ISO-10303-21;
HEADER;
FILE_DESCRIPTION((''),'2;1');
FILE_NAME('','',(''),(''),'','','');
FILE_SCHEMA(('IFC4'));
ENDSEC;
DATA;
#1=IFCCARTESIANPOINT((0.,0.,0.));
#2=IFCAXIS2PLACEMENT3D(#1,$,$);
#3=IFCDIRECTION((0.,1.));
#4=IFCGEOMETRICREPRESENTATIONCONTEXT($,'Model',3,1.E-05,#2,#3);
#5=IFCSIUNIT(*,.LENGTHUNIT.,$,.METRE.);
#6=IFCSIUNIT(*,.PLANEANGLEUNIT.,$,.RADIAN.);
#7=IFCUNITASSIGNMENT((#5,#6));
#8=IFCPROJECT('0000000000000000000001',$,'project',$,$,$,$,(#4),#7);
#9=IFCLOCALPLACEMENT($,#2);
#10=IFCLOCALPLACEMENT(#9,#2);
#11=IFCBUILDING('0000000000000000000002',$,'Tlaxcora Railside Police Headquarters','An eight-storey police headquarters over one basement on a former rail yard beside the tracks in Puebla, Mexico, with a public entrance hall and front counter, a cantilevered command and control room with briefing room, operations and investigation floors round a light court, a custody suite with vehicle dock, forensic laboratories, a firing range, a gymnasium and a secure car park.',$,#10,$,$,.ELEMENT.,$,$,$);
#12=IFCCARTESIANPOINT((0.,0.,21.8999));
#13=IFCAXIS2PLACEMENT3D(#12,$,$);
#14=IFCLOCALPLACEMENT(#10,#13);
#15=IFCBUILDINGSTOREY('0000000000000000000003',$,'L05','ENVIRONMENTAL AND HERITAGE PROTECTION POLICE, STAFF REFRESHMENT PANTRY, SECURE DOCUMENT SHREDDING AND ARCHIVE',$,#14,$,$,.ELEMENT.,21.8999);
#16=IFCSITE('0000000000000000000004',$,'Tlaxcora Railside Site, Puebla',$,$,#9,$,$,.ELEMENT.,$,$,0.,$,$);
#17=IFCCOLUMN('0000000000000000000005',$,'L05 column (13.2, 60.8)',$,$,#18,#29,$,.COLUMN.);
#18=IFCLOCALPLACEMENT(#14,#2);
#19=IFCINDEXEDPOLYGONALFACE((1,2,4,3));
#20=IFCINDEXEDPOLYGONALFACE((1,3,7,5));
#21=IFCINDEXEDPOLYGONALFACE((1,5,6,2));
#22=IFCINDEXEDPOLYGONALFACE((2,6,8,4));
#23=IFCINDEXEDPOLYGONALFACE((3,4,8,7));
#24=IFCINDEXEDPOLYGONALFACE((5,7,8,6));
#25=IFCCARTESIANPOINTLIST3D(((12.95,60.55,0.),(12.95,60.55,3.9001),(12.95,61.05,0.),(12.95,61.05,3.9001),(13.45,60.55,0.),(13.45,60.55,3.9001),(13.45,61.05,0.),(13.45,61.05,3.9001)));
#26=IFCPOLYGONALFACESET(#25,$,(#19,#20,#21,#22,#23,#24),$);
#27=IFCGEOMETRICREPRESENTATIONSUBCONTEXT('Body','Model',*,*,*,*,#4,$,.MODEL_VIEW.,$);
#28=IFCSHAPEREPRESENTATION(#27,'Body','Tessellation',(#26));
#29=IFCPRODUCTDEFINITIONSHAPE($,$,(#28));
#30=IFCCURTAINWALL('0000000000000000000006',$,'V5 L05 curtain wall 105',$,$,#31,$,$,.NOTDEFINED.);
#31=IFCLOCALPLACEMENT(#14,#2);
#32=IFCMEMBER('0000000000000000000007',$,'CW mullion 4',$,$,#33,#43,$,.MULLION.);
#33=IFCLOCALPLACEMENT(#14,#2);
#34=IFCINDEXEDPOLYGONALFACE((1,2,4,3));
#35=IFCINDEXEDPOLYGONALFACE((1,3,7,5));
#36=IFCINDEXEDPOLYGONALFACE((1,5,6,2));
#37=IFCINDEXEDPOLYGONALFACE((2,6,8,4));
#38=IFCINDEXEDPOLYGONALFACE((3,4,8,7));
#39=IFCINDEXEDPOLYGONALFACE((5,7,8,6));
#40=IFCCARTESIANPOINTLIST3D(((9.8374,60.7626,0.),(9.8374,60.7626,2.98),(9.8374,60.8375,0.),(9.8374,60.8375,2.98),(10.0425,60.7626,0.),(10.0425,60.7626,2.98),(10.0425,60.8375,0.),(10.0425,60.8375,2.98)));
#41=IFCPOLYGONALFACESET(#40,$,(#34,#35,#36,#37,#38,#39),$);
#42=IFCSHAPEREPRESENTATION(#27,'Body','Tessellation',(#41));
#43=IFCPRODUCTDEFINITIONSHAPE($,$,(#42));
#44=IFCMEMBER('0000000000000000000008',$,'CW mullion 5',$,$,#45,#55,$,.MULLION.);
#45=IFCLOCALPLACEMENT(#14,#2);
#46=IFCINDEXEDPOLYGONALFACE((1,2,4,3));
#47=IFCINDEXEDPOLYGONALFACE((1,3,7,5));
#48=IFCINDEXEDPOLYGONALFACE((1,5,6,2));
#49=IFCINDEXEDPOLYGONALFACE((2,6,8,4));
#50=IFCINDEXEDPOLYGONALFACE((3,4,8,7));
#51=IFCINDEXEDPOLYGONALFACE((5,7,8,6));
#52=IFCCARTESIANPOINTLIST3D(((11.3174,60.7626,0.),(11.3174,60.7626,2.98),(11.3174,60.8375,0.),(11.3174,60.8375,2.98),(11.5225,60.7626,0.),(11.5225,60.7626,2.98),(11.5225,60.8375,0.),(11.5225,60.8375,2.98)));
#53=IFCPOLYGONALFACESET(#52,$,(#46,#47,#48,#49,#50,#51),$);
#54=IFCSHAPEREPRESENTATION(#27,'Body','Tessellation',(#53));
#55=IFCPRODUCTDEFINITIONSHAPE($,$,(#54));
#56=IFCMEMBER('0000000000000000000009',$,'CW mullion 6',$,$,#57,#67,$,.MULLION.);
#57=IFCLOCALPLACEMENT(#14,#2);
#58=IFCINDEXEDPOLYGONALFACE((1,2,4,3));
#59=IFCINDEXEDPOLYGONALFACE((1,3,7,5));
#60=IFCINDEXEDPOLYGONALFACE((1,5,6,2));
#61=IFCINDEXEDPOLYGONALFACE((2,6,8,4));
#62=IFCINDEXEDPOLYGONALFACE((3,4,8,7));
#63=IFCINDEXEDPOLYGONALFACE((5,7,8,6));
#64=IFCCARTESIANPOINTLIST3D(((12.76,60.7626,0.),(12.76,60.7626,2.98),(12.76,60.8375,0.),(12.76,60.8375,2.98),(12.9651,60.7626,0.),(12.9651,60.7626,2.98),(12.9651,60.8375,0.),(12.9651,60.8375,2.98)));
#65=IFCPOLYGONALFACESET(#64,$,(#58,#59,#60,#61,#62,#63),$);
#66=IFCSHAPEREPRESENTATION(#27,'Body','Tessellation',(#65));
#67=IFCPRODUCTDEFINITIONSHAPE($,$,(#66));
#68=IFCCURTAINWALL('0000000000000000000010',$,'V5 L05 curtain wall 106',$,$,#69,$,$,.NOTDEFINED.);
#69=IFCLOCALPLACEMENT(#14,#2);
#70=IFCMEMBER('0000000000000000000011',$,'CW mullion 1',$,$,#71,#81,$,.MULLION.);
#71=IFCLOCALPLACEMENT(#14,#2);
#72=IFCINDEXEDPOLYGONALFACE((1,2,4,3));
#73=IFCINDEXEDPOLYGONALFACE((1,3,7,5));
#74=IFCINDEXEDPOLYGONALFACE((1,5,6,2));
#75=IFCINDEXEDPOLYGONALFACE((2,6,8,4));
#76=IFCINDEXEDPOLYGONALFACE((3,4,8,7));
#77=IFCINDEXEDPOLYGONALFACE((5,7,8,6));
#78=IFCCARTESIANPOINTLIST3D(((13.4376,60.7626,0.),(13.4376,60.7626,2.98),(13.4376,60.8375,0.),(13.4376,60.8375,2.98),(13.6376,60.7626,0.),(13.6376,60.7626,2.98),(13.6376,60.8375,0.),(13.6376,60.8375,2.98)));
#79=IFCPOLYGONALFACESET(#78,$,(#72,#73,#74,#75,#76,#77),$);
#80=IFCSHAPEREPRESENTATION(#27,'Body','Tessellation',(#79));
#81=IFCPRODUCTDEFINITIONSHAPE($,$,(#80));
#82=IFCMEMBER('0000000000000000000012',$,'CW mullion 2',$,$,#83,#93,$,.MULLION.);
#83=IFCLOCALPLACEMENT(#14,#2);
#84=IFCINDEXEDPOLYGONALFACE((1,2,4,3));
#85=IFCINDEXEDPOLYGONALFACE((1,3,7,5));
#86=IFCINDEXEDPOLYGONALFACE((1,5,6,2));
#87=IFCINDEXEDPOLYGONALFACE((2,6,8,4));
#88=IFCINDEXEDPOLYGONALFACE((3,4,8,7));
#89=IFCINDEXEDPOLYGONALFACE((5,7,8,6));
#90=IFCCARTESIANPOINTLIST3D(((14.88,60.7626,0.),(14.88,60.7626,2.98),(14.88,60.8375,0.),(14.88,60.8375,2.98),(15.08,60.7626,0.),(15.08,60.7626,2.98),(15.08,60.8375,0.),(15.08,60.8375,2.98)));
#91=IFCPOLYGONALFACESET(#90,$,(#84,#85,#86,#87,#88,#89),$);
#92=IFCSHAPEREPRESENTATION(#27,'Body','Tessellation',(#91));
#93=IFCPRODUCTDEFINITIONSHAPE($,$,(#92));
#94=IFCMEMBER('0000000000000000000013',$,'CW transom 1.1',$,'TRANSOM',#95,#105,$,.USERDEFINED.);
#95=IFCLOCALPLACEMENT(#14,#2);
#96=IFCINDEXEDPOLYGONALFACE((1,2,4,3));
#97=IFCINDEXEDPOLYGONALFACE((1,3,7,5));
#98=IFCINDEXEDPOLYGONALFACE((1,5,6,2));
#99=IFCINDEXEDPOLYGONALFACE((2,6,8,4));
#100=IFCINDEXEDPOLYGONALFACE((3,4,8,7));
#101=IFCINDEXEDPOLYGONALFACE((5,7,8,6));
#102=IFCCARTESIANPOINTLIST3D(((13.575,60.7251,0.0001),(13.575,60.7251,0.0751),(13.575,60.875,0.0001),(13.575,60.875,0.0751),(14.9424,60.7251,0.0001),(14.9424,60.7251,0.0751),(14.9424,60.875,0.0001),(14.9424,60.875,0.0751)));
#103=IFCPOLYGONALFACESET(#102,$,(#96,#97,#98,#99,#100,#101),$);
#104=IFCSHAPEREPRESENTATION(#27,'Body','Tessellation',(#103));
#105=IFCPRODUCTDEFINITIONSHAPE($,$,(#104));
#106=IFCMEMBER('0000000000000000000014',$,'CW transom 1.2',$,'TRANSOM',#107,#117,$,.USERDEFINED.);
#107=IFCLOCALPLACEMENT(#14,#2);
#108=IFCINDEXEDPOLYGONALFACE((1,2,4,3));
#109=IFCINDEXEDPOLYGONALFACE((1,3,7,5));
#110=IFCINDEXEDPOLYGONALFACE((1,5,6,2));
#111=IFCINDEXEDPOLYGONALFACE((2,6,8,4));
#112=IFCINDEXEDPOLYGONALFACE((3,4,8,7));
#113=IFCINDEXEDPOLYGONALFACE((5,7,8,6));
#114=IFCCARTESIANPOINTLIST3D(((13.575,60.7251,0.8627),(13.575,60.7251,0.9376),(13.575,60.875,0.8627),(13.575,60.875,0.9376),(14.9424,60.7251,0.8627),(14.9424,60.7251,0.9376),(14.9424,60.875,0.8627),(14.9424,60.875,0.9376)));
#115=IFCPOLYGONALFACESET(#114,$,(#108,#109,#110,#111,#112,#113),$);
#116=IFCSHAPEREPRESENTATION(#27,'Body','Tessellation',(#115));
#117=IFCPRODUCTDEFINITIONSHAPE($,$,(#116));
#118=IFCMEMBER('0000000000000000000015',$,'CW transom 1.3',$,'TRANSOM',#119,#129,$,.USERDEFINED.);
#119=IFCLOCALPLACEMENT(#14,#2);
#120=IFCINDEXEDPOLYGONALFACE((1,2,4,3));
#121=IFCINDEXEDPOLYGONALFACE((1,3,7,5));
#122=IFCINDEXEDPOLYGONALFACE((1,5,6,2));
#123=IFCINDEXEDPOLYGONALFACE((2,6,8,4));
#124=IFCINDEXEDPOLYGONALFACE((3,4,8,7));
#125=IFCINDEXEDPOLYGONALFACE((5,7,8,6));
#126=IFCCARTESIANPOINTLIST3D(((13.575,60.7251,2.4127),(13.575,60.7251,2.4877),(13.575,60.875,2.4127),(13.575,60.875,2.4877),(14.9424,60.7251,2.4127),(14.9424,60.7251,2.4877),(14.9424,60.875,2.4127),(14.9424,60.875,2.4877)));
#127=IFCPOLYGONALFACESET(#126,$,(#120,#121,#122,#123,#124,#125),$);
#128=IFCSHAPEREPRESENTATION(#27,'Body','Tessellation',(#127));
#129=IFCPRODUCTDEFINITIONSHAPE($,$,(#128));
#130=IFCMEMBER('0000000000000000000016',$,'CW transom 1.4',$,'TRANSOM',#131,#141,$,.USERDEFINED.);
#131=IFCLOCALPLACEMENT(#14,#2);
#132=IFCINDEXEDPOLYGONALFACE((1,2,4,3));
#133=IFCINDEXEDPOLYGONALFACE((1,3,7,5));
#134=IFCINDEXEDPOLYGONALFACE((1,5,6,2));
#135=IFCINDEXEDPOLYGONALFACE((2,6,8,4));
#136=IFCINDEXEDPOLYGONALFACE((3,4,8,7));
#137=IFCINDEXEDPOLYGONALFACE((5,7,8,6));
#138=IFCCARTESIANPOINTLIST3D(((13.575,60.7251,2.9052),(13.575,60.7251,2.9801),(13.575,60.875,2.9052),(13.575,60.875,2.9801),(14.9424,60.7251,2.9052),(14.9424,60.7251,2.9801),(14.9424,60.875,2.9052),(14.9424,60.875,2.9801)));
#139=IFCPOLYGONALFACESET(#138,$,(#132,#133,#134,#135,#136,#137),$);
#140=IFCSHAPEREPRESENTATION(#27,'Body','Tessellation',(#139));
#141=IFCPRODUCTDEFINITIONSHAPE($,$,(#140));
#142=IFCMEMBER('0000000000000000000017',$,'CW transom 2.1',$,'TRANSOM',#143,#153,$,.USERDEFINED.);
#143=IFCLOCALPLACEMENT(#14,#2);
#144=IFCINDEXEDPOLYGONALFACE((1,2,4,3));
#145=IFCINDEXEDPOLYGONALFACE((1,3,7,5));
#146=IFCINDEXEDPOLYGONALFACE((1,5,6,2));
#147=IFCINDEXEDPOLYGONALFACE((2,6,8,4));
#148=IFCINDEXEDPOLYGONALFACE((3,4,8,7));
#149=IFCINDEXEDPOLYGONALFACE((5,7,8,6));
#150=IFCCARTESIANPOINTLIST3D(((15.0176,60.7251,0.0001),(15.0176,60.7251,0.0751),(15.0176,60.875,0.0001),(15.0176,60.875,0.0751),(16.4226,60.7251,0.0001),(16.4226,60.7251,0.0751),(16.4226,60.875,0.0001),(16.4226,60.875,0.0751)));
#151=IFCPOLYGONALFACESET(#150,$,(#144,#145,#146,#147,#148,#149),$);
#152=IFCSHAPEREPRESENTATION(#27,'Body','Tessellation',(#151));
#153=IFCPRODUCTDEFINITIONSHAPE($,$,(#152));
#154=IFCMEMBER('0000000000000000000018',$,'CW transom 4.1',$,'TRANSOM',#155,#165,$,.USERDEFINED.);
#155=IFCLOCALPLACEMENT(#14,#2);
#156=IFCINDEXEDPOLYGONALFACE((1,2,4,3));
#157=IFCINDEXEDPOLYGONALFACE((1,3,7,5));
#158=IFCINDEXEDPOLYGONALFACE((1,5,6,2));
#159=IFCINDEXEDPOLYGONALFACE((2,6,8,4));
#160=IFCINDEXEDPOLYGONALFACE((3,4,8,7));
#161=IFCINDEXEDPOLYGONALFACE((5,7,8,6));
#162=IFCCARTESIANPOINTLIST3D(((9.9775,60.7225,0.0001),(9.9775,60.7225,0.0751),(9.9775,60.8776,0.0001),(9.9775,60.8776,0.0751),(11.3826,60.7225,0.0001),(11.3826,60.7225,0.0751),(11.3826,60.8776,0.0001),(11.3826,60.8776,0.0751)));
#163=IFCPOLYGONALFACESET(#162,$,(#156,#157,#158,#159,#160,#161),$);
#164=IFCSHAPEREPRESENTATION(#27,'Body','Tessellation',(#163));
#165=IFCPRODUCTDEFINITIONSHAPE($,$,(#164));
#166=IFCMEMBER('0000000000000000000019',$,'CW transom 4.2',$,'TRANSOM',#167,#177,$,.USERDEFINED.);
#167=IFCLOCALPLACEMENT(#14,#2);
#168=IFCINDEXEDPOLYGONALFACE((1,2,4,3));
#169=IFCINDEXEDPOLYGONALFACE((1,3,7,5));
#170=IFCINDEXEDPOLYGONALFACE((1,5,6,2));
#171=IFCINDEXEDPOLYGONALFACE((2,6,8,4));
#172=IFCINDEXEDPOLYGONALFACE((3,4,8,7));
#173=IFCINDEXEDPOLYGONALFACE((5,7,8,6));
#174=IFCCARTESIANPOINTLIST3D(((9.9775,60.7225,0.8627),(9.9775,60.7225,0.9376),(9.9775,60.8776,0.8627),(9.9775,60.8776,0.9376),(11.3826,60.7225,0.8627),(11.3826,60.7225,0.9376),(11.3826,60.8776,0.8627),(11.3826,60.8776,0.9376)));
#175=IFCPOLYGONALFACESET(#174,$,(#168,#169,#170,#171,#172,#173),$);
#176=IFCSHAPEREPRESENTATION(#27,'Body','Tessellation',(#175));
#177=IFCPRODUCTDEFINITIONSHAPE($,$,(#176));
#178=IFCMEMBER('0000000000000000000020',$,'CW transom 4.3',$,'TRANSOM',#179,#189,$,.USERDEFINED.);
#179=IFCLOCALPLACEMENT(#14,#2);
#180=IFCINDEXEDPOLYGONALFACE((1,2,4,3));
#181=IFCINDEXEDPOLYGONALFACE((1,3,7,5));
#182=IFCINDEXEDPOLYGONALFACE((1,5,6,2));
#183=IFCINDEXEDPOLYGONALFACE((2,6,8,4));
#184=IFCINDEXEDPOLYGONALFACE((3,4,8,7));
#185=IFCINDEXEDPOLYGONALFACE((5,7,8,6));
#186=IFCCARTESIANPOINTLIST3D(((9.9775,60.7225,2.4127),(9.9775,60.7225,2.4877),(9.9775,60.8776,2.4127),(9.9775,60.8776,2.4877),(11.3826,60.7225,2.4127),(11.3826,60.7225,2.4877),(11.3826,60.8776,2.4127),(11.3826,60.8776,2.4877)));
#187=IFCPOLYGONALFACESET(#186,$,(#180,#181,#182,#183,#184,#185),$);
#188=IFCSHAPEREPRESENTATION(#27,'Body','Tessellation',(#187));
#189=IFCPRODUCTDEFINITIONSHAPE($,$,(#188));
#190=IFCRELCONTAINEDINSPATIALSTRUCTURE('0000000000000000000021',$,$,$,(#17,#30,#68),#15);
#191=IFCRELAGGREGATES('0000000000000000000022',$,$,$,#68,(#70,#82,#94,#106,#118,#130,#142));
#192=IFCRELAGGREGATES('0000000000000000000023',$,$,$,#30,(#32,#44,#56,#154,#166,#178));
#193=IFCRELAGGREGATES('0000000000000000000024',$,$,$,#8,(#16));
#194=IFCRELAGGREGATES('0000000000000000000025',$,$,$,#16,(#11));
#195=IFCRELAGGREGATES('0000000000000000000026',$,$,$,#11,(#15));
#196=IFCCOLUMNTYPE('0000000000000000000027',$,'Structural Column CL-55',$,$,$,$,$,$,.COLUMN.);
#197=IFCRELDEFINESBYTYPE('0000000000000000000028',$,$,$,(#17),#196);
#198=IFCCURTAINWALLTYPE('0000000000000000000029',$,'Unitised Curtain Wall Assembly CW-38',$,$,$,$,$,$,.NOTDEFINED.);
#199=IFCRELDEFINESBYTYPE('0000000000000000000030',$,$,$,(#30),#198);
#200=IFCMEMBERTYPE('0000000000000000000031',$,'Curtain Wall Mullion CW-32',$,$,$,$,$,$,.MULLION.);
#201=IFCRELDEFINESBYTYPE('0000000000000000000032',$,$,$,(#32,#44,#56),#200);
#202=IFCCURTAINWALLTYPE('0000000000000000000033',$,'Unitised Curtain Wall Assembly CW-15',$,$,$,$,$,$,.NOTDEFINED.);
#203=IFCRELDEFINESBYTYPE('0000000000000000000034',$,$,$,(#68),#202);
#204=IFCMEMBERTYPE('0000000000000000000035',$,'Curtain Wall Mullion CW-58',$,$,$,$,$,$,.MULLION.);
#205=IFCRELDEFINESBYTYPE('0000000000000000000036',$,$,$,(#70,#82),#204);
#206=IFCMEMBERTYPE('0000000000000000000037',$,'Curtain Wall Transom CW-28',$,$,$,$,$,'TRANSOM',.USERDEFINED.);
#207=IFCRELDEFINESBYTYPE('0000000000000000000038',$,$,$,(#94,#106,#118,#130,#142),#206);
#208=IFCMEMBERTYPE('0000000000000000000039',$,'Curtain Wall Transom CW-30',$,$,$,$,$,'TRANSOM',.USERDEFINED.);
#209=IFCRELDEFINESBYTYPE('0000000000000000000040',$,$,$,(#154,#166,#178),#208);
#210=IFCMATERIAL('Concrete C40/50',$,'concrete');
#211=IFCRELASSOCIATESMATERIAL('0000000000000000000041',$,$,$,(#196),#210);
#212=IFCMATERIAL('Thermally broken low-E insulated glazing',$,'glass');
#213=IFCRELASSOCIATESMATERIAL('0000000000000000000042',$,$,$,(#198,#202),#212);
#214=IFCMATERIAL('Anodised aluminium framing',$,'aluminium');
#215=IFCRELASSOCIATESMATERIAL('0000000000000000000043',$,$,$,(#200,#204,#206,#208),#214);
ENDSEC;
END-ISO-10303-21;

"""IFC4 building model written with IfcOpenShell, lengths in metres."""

from ifc_helpers import new_model, si_unit, direction, frame, origin, origin_2d, place, context, subcontext, project, spatial, rectangle, extrude, material, material_profile, profile_set, type_object, element, aggregate, save


model = new_model("IFC4")

# Units and contexts
model_context = context("Model", 3, precision=1e-05, world=origin(), true_north=direction((0.0, 1.0)))
body_context = subcontext(model_context, "Body", "Model", "MODEL_VIEW")
ifc_project = project(units=[si_unit("LENGTHUNIT", "METRE"), si_unit("PLANEANGLEUNIT", "RADIAN")], contexts=[model_context])

# Site, building, storey
site_placement = place(None, origin())
site = spatial("IfcSite", under=ifc_project, at=site_placement, Name="Tlaxcora Railside Site, Puebla", CompositionType="ELEMENT", RefElevation=0.0)
building_placement = place(site_placement, origin())
building = spatial("IfcBuilding", under=site, at=building_placement, Name="Tlaxcora Railside Police Headquarters", Description="An eight-storey police headquarters over one basement on a former rail yard beside the tracks in Puebla, Mexico, with a public entrance hall and front counter, a cantilevered command and control room with briefing room, operations and investigation floors round a light court, a custody suite with vehicle dock, forensic laboratories, a firing range, a gymnasium and a secure car park.", CompositionType="ELEMENT")
storey_placement = place(building_placement, frame((0.0, 0.0, 21.8999)))
storey = spatial("IfcBuildingStorey", under=building, at=storey_placement, Name="L05", Description="ENVIRONMENTAL AND HERITAGE PROTECTION POLICE, STAFF REFRESHMENT PANTRY, SECURE DOCUMENT SHREDDING AND ARCHIVE", CompositionType="ELEMENT", Elevation=21.8999)

# Column
ifc_material_1 = material(Name="Concrete C40/50", Category="concrete")
ifc_material_profile_1 = material_profile(ifc_material_1, rectangle(XDim=0.5, YDim=0.5, at=origin_2d()), Name="RC500X500")
ifc_profile_set_1 = profile_set([ifc_material_profile_1], Name="Concrete C40/50")
column_type = type_object("IfcColumnType", Name="Structural Column CL-55", PredefinedType="COLUMN", material=ifc_profile_set_1)
column_placement = place(storey_placement, frame((13.2, 60.8, 0.0), z_axis=(0.0, 0.0, 1.0), x_axis=(1.0, 0.0, 0.0)))
element("IfcColumn", 1, at=column_placement, inside=storey, type_object=column_type, Name="L05 column (13.2, 60.8)", PredefinedType="COLUMN", context=body_context, shape_type="SweptSolid", body=[
    extrude(rectangle(XDim=0.5, YDim=0.5, at=origin_2d()), origin(), (0.0, 0.0, 1.0), 3.9001),
])

# Curtain walls, members
ifc_material_2 = material(Name="Thermally broken low-E insulated glazing", Category="glass")
curtain_wall_type_1 = type_object("IfcCurtainWallType", Name="Unitised Curtain Wall Assembly CW-38", PredefinedType="NOTDEFINED", material=ifc_material_2)
curtain_wall_1_placement = place(storey_placement, origin())
curtain_wall_1 = element("IfcCurtainWall", 2, at=curtain_wall_1_placement, inside=storey, type_object=curtain_wall_type_1, Name="V5 L05 curtain wall 105", PredefinedType="NOTDEFINED")
ifc_material_3 = material(Name="Anodised aluminium framing", Category="aluminium")
ifc_material_profile_2 = material_profile(ifc_material_3, rectangle(XDim=0.075, YDim=0.2051, at=origin_2d()), Name="AL75X205")
ifc_profile_set_2 = profile_set([ifc_material_profile_2], Name="Anodised aluminium framing")
member_type_1 = type_object("IfcMemberType", Name="Curtain Wall Mullion CW-32", PredefinedType="MULLION", material=ifc_profile_set_2)
member_1_placement = place(storey_placement, frame((9.9399, 60.8, 0.0), z_axis=(0.0, 0.0, 1.0), x_axis=(0.0, 1.0, 0.0)))
member_1 = element("IfcMember", 3, at=member_1_placement, type_object=member_type_1, Name="CW mullion 4", PredefinedType="MULLION", context=body_context, shape_type="SweptSolid", body=[
    extrude(rectangle(XDim=0.075, YDim=0.2051, at=origin_2d()), origin(), (0.0, 0.0, 1.0), 2.98),
])
member_2_placement = place(storey_placement, frame((11.4199, 60.8, 0.0), z_axis=(0.0, 0.0, 1.0), x_axis=(0.0, 1.0, 0.0)))
member_2 = element("IfcMember", 4, at=member_2_placement, type_object=member_type_1, Name="CW mullion 5", PredefinedType="MULLION", context=body_context, shape_type="SweptSolid", body=[
    extrude(rectangle(XDim=0.075, YDim=0.2051, at=origin_2d()), origin(), (0.0, 0.0, 1.0), 2.98),
])
member_3_placement = place(storey_placement, frame((12.8625, 60.8, 0.0), z_axis=(0.0, 0.0, 1.0), x_axis=(0.0, 1.0, 0.0)))
member_3 = element("IfcMember", 5, at=member_3_placement, type_object=member_type_1, Name="CW mullion 6", PredefinedType="MULLION", context=body_context, shape_type="SweptSolid", body=[
    extrude(rectangle(XDim=0.075, YDim=0.2051, at=origin_2d()), origin(), (0.0, 0.0, 1.0), 2.98),
])
curtain_wall_type_2 = type_object("IfcCurtainWallType", Name="Unitised Curtain Wall Assembly CW-15", PredefinedType="NOTDEFINED", material=ifc_material_2)
curtain_wall_2_placement = place(storey_placement, origin())
curtain_wall_2 = element("IfcCurtainWall", 6, at=curtain_wall_2_placement, inside=storey, type_object=curtain_wall_type_2, Name="V5 L05 curtain wall 106", PredefinedType="NOTDEFINED")
ifc_material_profile_3 = material_profile(ifc_material_3, rectangle(XDim=0.075, YDim=0.2, at=origin_2d()), Name="AL75X200")
ifc_profile_set_3 = profile_set([ifc_material_profile_3], Name="Anodised aluminium framing")
member_type_2 = type_object("IfcMemberType", Name="Curtain Wall Mullion CW-58", PredefinedType="MULLION", material=ifc_profile_set_3)
member_4_placement = place(storey_placement, frame((13.5376, 60.8, 0.0), z_axis=(0.0, 0.0, 1.0), x_axis=(0.0, 1.0, 0.0)))
member_4 = element("IfcMember", 7, at=member_4_placement, type_object=member_type_2, Name="CW mullion 1", PredefinedType="MULLION", context=body_context, shape_type="SweptSolid", body=[
    extrude(rectangle(XDim=0.075, YDim=0.2, at=origin_2d()), origin(), (0.0, 0.0, 1.0), 2.98),
])
member_5_placement = place(storey_placement, frame((14.98, 60.8, 0.0), z_axis=(0.0, 0.0, 1.0), x_axis=(0.0, 1.0, 0.0)))
member_5 = element("IfcMember", 8, at=member_5_placement, type_object=member_type_2, Name="CW mullion 2", PredefinedType="MULLION", context=body_context, shape_type="SweptSolid", body=[
    extrude(rectangle(XDim=0.075, YDim=0.2, at=origin_2d()), origin(), (0.0, 0.0, 1.0), 2.98),
])
ifc_material_profile_4 = material_profile(ifc_material_3, rectangle(XDim=0.1499, YDim=0.075, at=origin_2d()), Name="AL75X150")
ifc_profile_set_4 = profile_set([ifc_material_profile_4], Name="Anodised aluminium framing")
member_type_3 = type_object("IfcMemberType", Name="Curtain Wall Transom CW-28", ElementType="TRANSOM", PredefinedType="USERDEFINED", material=ifc_profile_set_4)
member_6_placement = place(storey_placement, frame((13.575, 60.8, 0.0376), z_axis=(1.0, 0.0, 0.0), x_axis=(0.0, 1.0, 0.0)))
member_6 = element("IfcMember", 9, at=member_6_placement, type_object=member_type_3, Name="CW transom 1.1", ObjectType="TRANSOM", PredefinedType="USERDEFINED", context=body_context, shape_type="SweptSolid", body=[
    extrude(rectangle(XDim=0.1499, YDim=0.075, at=origin_2d()), origin(), (0.0, 0.0, 1.0), 1.3674),
])
member_7_placement = place(storey_placement, frame((13.575, 60.8, 0.9001), z_axis=(1.0, 0.0, 0.0), x_axis=(0.0, 1.0, 0.0)))
member_7 = element("IfcMember", 10, at=member_7_placement, type_object=member_type_3, Name="CW transom 1.2", ObjectType="TRANSOM", PredefinedType="USERDEFINED", context=body_context, shape_type="SweptSolid", body=[
    extrude(rectangle(XDim=0.1499, YDim=0.075, at=origin_2d()), origin(), (0.0, 0.0, 1.0), 1.3674),
])
member_8_placement = place(storey_placement, frame((13.575, 60.8, 2.4502), z_axis=(1.0, 0.0, 0.0), x_axis=(0.0, 1.0, 0.0)))
member_8 = element("IfcMember", 11, at=member_8_placement, type_object=member_type_3, Name="CW transom 1.3", ObjectType="TRANSOM", PredefinedType="USERDEFINED", context=body_context, shape_type="SweptSolid", body=[
    extrude(rectangle(XDim=0.1499, YDim=0.075, at=origin_2d()), origin(), (0.0, 0.0, 1.0), 1.3674),
])
member_9_placement = place(storey_placement, frame((13.575, 60.8, 2.9426), z_axis=(1.0, 0.0, 0.0), x_axis=(0.0, 1.0, 0.0)))
member_9 = element("IfcMember", 12, at=member_9_placement, type_object=member_type_3, Name="CW transom 1.4", ObjectType="TRANSOM", PredefinedType="USERDEFINED", context=body_context, shape_type="SweptSolid", body=[
    extrude(rectangle(XDim=0.1499, YDim=0.075, at=origin_2d()), origin(), (0.0, 0.0, 1.0), 1.3674),
])
member_10_placement = place(storey_placement, frame((15.0176, 60.8, 0.0376), z_axis=(1.0, 0.0, 0.0), x_axis=(0.0, 1.0, 0.0)))
member_10 = element("IfcMember", 13, at=member_10_placement, type_object=member_type_3, Name="CW transom 2.1", ObjectType="TRANSOM", PredefinedType="USERDEFINED", context=body_context, shape_type="SweptSolid", body=[
    extrude(rectangle(XDim=0.1499, YDim=0.075, at=origin_2d()), origin(), (0.0, 0.0, 1.0), 1.405),
])

# Members
ifc_material_profile_5 = material_profile(ifc_material_3, rectangle(XDim=0.155, YDim=0.075, at=origin_2d()), Name="AL75X155")
ifc_profile_set_5 = profile_set([ifc_material_profile_5], Name="Anodised aluminium framing")
member_type_4 = type_object("IfcMemberType", Name="Curtain Wall Transom CW-30", ElementType="TRANSOM", PredefinedType="USERDEFINED", material=ifc_profile_set_5)
member_11_placement = place(storey_placement, frame((9.9775, 60.8, 0.0376), z_axis=(1.0, 0.0, 0.0), x_axis=(0.0, 1.0, 0.0)))
member_11 = element("IfcMember", 14, at=member_11_placement, type_object=member_type_4, Name="CW transom 4.1", ObjectType="TRANSOM", PredefinedType="USERDEFINED", context=body_context, shape_type="SweptSolid", body=[
    extrude(rectangle(XDim=0.155, YDim=0.075, at=origin_2d()), origin(), (0.0, 0.0, 1.0), 1.405),
])
member_12_placement = place(storey_placement, frame((9.9775, 60.8, 0.9001), z_axis=(1.0, 0.0, 0.0), x_axis=(0.0, 1.0, 0.0)))
member_12 = element("IfcMember", 15, at=member_12_placement, type_object=member_type_4, Name="CW transom 4.2", ObjectType="TRANSOM", PredefinedType="USERDEFINED", context=body_context, shape_type="SweptSolid", body=[
    extrude(rectangle(XDim=0.155, YDim=0.075, at=origin_2d()), origin(), (0.0, 0.0, 1.0), 1.405),
])
member_13_placement = place(storey_placement, frame((9.9775, 60.8, 2.4502), z_axis=(1.0, 0.0, 0.0), x_axis=(0.0, 1.0, 0.0)))
member_13 = element("IfcMember", 16, at=member_13_placement, type_object=member_type_4, Name="CW transom 4.3", ObjectType="TRANSOM", PredefinedType="USERDEFINED", context=body_context, shape_type="SweptSolid", body=[
    extrude(rectangle(XDim=0.155, YDim=0.075, at=origin_2d()), origin(), (0.0, 0.0, 1.0), 1.405),
])

aggregate(curtain_wall_2, [member_4, member_5, member_6, member_7, member_8, member_9, member_10])
aggregate(curtain_wall_1, [member_1, member_2, member_3, member_11, member_12, member_13])

save(model, "model.ifc")
